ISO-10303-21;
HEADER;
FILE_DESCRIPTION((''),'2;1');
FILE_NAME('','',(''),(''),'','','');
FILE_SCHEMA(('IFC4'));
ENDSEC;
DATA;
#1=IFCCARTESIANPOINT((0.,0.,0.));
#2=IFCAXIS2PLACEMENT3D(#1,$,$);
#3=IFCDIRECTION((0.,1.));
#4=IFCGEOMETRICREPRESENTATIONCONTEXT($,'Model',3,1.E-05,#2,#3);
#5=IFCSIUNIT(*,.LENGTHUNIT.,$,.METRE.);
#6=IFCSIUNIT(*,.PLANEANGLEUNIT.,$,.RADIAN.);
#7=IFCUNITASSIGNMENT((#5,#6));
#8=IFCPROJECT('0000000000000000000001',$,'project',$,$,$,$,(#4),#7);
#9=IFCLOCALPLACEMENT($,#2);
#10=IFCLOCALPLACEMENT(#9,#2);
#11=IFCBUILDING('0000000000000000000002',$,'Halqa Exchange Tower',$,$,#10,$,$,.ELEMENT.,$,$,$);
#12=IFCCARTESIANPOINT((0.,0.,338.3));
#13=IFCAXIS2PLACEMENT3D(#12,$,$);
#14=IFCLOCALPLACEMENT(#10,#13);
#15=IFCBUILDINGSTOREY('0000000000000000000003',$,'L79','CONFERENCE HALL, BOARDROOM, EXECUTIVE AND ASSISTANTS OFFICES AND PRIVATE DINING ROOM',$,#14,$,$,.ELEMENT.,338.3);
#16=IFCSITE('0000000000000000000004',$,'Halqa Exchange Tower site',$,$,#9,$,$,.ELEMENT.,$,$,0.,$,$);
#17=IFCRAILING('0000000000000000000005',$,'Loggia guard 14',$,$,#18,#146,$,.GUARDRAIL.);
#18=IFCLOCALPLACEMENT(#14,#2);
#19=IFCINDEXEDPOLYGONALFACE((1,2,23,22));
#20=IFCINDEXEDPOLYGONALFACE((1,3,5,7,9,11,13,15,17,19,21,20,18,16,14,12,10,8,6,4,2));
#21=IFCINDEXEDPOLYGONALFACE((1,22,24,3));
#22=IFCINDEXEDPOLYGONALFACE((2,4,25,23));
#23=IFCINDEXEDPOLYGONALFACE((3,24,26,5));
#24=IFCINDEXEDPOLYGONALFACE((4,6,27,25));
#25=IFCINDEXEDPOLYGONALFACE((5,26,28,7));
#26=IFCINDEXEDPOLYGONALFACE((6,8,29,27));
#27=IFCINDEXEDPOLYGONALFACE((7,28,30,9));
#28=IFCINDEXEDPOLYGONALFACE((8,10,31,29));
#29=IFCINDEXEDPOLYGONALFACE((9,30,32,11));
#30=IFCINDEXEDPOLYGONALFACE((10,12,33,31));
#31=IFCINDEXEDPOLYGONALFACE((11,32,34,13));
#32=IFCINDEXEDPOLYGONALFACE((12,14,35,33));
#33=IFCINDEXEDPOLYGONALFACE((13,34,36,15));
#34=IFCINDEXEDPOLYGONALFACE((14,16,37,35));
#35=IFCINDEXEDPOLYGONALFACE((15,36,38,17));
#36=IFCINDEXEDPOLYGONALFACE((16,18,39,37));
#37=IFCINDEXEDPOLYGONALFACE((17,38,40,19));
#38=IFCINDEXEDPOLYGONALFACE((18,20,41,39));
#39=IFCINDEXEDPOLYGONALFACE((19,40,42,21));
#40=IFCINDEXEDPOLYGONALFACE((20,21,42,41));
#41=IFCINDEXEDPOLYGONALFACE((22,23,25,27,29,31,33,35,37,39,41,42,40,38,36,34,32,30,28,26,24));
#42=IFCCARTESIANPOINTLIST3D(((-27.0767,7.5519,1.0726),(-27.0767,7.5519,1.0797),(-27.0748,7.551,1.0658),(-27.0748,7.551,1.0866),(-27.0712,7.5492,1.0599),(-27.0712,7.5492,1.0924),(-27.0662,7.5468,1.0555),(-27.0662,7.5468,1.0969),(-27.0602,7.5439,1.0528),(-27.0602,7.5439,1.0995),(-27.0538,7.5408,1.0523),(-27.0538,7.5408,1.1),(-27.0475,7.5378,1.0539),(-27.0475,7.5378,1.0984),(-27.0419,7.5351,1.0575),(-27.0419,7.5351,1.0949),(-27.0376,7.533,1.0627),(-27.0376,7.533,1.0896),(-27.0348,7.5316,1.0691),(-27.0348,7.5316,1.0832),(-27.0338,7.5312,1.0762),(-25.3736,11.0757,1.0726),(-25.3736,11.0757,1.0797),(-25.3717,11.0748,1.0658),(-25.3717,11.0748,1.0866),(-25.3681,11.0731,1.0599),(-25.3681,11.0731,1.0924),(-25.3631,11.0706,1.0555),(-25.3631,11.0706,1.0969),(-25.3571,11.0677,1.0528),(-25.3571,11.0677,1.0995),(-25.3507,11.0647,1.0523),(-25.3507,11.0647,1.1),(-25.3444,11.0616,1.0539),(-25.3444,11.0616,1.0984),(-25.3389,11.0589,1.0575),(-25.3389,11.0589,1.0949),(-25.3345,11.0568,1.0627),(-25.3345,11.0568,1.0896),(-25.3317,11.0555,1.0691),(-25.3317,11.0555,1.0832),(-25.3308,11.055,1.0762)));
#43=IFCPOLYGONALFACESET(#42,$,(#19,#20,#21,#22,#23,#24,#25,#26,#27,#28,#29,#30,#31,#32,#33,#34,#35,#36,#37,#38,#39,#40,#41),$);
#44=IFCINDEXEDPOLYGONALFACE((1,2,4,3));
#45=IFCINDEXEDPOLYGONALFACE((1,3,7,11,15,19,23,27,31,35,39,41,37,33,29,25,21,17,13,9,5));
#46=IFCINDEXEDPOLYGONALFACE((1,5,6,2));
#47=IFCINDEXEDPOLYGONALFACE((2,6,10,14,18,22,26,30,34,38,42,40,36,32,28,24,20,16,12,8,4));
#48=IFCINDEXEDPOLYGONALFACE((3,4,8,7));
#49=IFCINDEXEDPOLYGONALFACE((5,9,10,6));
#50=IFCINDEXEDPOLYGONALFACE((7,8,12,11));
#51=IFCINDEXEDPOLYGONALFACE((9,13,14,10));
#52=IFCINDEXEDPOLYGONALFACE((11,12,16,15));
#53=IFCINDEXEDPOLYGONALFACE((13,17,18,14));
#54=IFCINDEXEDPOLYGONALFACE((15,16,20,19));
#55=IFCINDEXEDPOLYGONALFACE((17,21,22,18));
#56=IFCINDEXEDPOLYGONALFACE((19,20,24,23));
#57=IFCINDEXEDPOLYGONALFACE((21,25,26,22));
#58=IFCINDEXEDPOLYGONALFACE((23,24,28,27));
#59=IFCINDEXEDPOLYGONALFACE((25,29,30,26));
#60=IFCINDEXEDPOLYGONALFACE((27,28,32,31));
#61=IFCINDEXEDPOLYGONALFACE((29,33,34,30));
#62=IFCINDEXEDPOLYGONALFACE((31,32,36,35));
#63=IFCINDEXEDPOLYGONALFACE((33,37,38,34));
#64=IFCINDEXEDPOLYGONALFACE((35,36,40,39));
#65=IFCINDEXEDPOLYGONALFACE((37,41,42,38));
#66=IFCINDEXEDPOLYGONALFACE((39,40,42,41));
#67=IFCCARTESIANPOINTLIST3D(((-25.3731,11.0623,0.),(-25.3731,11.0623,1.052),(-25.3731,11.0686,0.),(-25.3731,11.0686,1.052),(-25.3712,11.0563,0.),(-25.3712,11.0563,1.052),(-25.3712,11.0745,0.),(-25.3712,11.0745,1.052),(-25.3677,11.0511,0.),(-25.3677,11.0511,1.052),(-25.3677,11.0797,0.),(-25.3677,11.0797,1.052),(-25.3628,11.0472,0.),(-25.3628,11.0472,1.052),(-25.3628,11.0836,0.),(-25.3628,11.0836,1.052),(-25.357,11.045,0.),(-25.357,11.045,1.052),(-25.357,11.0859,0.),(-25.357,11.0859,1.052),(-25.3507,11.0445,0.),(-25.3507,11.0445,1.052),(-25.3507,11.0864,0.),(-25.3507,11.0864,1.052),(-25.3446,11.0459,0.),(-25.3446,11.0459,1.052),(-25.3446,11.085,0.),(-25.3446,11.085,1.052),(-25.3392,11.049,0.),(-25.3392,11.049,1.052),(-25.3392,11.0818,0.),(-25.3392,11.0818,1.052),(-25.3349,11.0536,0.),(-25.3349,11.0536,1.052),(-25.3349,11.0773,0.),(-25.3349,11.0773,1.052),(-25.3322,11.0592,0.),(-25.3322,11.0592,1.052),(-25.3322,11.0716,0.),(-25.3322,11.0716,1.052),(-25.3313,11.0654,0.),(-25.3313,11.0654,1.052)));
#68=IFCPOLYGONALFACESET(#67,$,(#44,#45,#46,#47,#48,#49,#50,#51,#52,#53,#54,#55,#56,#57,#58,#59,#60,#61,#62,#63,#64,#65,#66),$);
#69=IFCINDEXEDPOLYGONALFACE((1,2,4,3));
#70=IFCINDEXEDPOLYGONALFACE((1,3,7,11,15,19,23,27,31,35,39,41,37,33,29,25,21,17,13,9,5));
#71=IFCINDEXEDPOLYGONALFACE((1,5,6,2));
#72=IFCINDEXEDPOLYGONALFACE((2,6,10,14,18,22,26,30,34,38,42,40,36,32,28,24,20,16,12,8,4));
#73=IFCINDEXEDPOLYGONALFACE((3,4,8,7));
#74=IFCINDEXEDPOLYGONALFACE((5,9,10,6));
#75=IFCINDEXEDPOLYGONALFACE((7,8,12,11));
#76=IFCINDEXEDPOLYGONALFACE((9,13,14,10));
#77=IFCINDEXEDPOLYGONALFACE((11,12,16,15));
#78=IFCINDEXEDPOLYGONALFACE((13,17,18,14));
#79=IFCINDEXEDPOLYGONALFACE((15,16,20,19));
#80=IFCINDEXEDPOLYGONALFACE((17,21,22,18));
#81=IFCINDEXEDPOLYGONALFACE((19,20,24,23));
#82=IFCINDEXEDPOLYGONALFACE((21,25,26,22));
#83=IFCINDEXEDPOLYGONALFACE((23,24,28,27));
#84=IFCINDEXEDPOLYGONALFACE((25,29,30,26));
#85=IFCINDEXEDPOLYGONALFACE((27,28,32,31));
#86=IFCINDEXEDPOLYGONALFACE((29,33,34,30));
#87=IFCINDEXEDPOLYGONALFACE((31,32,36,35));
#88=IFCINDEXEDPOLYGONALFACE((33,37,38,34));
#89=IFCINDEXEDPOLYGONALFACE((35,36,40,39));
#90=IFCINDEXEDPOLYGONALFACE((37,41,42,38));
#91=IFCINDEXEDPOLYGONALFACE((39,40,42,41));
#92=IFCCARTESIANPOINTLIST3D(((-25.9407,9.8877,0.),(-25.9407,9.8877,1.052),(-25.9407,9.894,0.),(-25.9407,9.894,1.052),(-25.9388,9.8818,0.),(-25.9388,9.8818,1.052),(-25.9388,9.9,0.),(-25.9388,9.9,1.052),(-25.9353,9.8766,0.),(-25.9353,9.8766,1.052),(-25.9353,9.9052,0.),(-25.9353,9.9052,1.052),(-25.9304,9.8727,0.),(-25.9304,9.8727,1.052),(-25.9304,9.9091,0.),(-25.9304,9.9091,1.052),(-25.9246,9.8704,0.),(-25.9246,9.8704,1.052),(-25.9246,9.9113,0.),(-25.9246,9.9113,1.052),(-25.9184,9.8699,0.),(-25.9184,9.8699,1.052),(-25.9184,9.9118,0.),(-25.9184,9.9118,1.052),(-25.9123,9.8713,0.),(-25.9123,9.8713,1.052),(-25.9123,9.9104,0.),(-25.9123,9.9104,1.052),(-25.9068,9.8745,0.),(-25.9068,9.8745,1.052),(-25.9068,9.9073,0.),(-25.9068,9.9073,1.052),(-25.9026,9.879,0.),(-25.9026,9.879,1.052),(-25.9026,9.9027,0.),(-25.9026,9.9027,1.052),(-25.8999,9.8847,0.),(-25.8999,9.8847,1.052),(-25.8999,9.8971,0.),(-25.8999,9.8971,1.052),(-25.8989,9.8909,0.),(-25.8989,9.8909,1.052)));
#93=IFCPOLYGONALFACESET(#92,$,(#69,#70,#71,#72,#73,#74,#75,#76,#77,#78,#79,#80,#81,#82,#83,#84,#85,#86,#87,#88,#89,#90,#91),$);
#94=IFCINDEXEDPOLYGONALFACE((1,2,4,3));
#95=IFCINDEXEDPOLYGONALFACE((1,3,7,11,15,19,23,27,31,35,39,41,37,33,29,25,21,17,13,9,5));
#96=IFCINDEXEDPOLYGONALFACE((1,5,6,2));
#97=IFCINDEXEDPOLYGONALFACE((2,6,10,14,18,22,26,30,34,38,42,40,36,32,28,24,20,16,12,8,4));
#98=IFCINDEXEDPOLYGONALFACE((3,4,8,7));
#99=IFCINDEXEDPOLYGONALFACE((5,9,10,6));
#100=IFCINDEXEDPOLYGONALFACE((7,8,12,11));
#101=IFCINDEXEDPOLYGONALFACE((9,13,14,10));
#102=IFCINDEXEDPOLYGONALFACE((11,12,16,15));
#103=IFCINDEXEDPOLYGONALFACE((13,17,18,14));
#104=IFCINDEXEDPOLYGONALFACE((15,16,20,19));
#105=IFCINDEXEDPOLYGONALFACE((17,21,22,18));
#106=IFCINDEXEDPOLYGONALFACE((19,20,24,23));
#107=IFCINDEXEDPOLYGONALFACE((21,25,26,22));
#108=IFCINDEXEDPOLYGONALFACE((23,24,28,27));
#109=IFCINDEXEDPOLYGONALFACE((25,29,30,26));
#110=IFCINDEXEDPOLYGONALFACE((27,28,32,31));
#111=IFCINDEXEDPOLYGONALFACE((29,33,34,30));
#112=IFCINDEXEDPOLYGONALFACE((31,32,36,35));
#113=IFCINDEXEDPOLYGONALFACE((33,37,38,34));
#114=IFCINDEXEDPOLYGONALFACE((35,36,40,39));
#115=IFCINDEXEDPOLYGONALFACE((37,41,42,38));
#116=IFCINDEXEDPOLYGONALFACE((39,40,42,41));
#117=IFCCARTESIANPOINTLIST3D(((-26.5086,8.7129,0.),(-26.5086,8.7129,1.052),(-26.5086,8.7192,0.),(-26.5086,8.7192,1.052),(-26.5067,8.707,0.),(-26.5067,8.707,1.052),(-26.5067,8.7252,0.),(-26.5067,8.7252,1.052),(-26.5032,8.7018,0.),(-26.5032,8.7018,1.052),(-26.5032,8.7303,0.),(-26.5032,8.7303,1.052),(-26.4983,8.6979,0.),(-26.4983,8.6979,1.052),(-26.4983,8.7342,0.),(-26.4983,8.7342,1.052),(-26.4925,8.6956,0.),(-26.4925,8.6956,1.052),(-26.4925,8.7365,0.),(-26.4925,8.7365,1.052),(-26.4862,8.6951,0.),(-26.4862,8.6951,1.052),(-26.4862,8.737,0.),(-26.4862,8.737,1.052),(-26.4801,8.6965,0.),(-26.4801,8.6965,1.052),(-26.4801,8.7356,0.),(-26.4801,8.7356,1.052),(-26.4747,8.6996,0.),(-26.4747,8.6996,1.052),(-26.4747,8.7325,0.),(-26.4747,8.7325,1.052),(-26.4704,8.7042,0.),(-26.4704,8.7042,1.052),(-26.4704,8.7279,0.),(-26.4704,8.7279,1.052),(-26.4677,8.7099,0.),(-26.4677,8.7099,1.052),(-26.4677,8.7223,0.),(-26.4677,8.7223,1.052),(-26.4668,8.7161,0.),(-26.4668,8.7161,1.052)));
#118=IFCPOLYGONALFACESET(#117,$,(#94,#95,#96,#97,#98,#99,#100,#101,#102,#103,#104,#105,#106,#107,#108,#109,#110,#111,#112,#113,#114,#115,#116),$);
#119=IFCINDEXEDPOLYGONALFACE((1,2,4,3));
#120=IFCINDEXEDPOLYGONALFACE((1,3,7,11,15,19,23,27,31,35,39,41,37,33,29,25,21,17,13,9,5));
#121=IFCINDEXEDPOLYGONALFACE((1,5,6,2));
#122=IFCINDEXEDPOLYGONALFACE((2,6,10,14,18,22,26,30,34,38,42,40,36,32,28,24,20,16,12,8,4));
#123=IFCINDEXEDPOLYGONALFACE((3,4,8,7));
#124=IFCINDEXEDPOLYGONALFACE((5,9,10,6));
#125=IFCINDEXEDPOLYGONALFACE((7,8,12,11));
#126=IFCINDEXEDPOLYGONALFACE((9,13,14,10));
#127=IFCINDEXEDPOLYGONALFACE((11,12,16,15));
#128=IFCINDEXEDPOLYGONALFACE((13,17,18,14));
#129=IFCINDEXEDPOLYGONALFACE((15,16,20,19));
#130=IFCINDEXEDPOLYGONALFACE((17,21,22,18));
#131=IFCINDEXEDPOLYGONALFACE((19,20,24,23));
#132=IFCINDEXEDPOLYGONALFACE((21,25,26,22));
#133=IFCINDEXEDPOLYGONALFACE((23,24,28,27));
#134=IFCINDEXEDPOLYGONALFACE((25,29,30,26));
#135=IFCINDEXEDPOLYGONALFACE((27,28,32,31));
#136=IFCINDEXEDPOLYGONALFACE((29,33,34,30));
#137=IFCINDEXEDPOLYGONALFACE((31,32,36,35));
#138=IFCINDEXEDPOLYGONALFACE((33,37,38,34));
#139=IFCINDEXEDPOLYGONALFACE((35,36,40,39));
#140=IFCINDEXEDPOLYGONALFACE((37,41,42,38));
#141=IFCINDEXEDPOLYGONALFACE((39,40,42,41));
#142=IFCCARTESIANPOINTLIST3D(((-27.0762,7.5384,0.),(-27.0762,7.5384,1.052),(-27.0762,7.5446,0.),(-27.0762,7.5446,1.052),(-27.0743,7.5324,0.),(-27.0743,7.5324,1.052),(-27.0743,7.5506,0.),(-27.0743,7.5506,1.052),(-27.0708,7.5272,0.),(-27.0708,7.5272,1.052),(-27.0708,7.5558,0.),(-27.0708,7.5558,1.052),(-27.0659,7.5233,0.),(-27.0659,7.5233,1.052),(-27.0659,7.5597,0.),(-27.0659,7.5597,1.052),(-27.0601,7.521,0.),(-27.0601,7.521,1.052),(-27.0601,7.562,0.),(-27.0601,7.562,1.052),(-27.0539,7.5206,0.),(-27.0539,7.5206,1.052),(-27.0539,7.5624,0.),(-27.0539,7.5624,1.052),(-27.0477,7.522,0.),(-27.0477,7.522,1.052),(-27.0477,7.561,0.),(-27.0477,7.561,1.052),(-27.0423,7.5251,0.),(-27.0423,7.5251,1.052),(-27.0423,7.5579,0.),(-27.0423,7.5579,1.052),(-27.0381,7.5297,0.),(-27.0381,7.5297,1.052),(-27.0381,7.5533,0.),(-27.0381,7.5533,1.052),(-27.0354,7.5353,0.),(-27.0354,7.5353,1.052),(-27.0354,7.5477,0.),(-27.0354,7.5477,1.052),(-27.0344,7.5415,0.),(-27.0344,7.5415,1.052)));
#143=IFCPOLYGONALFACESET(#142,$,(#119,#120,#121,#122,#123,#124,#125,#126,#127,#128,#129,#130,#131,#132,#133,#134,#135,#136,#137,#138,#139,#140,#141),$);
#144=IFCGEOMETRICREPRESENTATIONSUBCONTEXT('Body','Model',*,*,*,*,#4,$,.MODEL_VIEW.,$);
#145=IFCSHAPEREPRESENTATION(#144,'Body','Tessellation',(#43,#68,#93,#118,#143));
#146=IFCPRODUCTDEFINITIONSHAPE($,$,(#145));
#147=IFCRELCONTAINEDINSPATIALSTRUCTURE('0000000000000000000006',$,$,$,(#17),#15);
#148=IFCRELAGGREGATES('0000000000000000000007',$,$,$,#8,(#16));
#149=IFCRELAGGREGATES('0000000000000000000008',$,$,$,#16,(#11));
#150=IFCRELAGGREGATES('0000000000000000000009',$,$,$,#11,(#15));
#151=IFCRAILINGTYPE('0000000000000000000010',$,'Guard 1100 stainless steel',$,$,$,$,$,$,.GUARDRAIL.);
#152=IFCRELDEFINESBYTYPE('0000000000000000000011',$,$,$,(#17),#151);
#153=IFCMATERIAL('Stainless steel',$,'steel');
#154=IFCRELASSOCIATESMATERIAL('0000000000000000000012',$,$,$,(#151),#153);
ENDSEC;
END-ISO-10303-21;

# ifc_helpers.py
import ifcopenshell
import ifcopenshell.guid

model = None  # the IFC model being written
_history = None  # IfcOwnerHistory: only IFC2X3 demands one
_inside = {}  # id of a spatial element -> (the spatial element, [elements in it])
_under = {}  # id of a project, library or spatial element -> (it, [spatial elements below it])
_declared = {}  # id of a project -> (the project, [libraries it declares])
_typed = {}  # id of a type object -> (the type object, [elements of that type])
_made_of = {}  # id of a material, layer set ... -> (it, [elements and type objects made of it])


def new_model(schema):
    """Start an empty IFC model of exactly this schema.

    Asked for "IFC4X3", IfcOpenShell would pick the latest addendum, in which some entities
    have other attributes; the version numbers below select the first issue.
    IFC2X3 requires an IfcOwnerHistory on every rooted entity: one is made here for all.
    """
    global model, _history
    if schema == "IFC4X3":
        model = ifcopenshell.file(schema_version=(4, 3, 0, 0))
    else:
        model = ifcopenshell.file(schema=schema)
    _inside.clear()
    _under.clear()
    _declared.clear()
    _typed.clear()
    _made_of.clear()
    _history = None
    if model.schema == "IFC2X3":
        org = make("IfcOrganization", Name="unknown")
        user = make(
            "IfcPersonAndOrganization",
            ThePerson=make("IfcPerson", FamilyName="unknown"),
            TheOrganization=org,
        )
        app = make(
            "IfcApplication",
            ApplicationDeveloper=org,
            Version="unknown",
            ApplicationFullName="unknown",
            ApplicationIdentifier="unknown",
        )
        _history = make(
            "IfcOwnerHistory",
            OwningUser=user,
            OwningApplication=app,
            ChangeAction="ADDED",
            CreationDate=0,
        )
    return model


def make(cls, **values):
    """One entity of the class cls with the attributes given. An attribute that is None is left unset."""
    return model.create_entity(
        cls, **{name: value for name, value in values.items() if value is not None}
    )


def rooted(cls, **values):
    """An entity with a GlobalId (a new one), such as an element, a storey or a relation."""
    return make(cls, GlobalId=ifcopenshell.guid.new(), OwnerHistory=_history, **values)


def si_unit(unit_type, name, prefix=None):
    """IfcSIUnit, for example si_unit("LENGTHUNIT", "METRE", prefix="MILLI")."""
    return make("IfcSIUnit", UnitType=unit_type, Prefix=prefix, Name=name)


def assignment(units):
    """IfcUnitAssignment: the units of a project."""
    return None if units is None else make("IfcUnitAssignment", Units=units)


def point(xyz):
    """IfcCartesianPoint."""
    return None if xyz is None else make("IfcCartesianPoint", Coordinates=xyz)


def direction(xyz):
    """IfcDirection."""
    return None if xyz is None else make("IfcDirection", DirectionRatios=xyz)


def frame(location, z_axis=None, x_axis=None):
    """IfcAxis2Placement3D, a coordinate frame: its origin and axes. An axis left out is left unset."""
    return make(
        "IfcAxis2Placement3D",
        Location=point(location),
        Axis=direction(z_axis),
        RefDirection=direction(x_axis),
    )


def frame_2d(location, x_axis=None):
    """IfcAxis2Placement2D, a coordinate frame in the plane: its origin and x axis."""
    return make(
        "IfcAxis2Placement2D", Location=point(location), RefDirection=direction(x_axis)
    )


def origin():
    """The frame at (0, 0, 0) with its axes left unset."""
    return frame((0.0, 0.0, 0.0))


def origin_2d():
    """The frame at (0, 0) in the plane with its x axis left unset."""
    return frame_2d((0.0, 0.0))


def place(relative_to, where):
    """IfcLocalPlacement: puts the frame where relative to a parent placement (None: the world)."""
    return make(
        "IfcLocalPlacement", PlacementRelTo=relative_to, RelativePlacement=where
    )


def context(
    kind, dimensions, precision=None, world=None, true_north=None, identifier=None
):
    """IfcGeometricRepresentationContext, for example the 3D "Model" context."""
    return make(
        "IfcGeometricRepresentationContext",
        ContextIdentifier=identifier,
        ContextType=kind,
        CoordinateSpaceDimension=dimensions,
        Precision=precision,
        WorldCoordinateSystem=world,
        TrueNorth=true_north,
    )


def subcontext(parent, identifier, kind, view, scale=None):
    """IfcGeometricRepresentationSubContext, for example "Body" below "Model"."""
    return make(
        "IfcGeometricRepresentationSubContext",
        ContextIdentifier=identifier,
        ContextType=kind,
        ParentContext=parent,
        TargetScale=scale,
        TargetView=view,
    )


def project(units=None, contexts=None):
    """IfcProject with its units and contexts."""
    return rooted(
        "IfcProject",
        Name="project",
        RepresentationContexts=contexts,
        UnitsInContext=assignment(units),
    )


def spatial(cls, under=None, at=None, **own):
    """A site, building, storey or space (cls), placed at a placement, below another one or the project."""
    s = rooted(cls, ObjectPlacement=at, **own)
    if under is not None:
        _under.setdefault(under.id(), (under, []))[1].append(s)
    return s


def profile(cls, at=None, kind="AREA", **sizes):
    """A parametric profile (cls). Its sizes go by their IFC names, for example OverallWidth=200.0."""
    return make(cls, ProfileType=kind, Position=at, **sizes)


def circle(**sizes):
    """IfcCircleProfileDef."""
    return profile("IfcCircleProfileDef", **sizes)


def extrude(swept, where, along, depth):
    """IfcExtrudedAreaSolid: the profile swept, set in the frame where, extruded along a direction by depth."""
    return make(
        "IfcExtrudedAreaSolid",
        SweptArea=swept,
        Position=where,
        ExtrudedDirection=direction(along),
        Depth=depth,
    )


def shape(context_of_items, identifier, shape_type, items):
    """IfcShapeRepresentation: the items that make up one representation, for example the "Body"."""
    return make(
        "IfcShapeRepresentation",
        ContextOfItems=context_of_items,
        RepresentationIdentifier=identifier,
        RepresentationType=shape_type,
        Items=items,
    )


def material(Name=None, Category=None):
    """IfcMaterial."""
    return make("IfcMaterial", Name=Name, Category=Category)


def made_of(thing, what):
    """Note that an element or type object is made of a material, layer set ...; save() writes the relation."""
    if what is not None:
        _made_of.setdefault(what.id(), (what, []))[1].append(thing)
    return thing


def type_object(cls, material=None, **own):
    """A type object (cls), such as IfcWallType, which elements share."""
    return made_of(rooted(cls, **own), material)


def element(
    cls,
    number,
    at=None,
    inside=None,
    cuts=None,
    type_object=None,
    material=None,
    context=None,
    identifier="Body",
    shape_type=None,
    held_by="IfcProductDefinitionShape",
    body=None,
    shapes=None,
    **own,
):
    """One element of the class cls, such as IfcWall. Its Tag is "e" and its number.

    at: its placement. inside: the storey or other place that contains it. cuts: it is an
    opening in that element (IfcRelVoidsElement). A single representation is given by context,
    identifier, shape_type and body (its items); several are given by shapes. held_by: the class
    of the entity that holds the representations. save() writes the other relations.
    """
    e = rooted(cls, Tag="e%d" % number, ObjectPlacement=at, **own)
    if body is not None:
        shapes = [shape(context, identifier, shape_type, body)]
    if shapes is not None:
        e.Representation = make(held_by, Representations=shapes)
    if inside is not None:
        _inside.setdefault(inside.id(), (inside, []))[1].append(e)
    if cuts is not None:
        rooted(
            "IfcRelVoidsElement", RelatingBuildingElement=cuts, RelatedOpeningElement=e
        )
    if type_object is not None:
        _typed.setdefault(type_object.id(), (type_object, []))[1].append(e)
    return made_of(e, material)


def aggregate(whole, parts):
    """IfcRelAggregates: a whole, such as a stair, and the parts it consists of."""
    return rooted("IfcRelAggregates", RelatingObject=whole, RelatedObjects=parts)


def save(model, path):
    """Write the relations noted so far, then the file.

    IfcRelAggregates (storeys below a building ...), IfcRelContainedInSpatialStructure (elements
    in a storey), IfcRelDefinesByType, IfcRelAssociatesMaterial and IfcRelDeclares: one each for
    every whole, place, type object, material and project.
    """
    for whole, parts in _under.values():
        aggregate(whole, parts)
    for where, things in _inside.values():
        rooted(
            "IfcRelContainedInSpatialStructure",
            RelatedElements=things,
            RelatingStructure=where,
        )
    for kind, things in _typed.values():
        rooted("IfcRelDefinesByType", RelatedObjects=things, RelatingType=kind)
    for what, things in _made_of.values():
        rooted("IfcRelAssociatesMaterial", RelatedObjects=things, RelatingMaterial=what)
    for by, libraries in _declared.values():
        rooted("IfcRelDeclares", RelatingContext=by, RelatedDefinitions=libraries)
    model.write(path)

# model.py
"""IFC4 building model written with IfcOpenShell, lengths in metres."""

from ifc_helpers import new_model, si_unit, direction, frame, origin, origin_2d, place, context, subcontext, project, spatial, circle, extrude, material, type_object, element, save


model = new_model("IFC4")

# Units and contexts
model_context = context("Model", 3, precision=1e-05, world=origin(), true_north=direction((0.0, 1.0)))
body_context = subcontext(model_context, "Body", "Model", "MODEL_VIEW")
ifc_project = project(units=[si_unit("LENGTHUNIT", "METRE"), si_unit("PLANEANGLEUNIT", "RADIAN")], contexts=[model_context])

# Site, building, storey
site_placement = place(None, origin())
site = spatial("IfcSite", under=ifc_project, at=site_placement, Name="Halqa Exchange Tower site", CompositionType="ELEMENT", RefElevation=0.0)
building_placement = place(site_placement, origin())
building = spatial("IfcBuilding", under=site, at=building_placement, Name="Halqa Exchange Tower", CompositionType="ELEMENT")
storey_placement = place(building_placement, frame((0.0, 0.0, 338.3)))
storey = spatial("IfcBuildingStorey", under=building, at=storey_placement, Name="L79", Description="CONFERENCE HALL, BOARDROOM, EXECUTIVE AND ASSISTANTS OFFICES AND PRIVATE DINING ROOM", CompositionType="ELEMENT", Elevation=338.3)

# Railing
ifc_material_1 = material(Name="Stainless steel", Category="steel")
railing_type = type_object("IfcRailingType", Name="Guard 1100 stainless steel", PredefinedType="GUARDRAIL", material=ifc_material_1)
railing_1_placement = place(storey_placement, frame((-25.3523, 11.0654, 0.0)))
element("IfcRailing", 1, at=railing_1_placement, inside=storey, type_object=railing_type, Name="Loggia guard 14", PredefinedType="GUARDRAIL", context=body_context, shape_type="SweptSolid", body=[
    extrude(circle(Radius=0.0239, at=origin_2d()), frame((0.0, 0.0, 1.0762), z_axis=(-0.435147, -0.90036, 0.0), x_axis=(0.90036, -0.435147, 0.0)), (0.0, 0.0, 1.0), 3.9138),
    extrude(circle(Radius=0.021, at=origin_2d()), origin(), (0.0, 0.0, 1.0), 1.052),
    extrude(circle(Radius=0.021, at=origin_2d()), frame((-0.5676, -1.1746, 0.0)), (0.0, 0.0, 1.0), 1.052),
    extrude(circle(Radius=0.021, at=origin_2d()), frame((-1.1355, -2.3494, 0.0)), (0.0, 0.0, 1.0), 1.052),
    extrude(circle(Radius=0.021, at=origin_2d()), frame((-1.7031, -3.5239, 0.0)), (0.0, 0.0, 1.0), 1.052),
])

save(model, "model.ifc")
